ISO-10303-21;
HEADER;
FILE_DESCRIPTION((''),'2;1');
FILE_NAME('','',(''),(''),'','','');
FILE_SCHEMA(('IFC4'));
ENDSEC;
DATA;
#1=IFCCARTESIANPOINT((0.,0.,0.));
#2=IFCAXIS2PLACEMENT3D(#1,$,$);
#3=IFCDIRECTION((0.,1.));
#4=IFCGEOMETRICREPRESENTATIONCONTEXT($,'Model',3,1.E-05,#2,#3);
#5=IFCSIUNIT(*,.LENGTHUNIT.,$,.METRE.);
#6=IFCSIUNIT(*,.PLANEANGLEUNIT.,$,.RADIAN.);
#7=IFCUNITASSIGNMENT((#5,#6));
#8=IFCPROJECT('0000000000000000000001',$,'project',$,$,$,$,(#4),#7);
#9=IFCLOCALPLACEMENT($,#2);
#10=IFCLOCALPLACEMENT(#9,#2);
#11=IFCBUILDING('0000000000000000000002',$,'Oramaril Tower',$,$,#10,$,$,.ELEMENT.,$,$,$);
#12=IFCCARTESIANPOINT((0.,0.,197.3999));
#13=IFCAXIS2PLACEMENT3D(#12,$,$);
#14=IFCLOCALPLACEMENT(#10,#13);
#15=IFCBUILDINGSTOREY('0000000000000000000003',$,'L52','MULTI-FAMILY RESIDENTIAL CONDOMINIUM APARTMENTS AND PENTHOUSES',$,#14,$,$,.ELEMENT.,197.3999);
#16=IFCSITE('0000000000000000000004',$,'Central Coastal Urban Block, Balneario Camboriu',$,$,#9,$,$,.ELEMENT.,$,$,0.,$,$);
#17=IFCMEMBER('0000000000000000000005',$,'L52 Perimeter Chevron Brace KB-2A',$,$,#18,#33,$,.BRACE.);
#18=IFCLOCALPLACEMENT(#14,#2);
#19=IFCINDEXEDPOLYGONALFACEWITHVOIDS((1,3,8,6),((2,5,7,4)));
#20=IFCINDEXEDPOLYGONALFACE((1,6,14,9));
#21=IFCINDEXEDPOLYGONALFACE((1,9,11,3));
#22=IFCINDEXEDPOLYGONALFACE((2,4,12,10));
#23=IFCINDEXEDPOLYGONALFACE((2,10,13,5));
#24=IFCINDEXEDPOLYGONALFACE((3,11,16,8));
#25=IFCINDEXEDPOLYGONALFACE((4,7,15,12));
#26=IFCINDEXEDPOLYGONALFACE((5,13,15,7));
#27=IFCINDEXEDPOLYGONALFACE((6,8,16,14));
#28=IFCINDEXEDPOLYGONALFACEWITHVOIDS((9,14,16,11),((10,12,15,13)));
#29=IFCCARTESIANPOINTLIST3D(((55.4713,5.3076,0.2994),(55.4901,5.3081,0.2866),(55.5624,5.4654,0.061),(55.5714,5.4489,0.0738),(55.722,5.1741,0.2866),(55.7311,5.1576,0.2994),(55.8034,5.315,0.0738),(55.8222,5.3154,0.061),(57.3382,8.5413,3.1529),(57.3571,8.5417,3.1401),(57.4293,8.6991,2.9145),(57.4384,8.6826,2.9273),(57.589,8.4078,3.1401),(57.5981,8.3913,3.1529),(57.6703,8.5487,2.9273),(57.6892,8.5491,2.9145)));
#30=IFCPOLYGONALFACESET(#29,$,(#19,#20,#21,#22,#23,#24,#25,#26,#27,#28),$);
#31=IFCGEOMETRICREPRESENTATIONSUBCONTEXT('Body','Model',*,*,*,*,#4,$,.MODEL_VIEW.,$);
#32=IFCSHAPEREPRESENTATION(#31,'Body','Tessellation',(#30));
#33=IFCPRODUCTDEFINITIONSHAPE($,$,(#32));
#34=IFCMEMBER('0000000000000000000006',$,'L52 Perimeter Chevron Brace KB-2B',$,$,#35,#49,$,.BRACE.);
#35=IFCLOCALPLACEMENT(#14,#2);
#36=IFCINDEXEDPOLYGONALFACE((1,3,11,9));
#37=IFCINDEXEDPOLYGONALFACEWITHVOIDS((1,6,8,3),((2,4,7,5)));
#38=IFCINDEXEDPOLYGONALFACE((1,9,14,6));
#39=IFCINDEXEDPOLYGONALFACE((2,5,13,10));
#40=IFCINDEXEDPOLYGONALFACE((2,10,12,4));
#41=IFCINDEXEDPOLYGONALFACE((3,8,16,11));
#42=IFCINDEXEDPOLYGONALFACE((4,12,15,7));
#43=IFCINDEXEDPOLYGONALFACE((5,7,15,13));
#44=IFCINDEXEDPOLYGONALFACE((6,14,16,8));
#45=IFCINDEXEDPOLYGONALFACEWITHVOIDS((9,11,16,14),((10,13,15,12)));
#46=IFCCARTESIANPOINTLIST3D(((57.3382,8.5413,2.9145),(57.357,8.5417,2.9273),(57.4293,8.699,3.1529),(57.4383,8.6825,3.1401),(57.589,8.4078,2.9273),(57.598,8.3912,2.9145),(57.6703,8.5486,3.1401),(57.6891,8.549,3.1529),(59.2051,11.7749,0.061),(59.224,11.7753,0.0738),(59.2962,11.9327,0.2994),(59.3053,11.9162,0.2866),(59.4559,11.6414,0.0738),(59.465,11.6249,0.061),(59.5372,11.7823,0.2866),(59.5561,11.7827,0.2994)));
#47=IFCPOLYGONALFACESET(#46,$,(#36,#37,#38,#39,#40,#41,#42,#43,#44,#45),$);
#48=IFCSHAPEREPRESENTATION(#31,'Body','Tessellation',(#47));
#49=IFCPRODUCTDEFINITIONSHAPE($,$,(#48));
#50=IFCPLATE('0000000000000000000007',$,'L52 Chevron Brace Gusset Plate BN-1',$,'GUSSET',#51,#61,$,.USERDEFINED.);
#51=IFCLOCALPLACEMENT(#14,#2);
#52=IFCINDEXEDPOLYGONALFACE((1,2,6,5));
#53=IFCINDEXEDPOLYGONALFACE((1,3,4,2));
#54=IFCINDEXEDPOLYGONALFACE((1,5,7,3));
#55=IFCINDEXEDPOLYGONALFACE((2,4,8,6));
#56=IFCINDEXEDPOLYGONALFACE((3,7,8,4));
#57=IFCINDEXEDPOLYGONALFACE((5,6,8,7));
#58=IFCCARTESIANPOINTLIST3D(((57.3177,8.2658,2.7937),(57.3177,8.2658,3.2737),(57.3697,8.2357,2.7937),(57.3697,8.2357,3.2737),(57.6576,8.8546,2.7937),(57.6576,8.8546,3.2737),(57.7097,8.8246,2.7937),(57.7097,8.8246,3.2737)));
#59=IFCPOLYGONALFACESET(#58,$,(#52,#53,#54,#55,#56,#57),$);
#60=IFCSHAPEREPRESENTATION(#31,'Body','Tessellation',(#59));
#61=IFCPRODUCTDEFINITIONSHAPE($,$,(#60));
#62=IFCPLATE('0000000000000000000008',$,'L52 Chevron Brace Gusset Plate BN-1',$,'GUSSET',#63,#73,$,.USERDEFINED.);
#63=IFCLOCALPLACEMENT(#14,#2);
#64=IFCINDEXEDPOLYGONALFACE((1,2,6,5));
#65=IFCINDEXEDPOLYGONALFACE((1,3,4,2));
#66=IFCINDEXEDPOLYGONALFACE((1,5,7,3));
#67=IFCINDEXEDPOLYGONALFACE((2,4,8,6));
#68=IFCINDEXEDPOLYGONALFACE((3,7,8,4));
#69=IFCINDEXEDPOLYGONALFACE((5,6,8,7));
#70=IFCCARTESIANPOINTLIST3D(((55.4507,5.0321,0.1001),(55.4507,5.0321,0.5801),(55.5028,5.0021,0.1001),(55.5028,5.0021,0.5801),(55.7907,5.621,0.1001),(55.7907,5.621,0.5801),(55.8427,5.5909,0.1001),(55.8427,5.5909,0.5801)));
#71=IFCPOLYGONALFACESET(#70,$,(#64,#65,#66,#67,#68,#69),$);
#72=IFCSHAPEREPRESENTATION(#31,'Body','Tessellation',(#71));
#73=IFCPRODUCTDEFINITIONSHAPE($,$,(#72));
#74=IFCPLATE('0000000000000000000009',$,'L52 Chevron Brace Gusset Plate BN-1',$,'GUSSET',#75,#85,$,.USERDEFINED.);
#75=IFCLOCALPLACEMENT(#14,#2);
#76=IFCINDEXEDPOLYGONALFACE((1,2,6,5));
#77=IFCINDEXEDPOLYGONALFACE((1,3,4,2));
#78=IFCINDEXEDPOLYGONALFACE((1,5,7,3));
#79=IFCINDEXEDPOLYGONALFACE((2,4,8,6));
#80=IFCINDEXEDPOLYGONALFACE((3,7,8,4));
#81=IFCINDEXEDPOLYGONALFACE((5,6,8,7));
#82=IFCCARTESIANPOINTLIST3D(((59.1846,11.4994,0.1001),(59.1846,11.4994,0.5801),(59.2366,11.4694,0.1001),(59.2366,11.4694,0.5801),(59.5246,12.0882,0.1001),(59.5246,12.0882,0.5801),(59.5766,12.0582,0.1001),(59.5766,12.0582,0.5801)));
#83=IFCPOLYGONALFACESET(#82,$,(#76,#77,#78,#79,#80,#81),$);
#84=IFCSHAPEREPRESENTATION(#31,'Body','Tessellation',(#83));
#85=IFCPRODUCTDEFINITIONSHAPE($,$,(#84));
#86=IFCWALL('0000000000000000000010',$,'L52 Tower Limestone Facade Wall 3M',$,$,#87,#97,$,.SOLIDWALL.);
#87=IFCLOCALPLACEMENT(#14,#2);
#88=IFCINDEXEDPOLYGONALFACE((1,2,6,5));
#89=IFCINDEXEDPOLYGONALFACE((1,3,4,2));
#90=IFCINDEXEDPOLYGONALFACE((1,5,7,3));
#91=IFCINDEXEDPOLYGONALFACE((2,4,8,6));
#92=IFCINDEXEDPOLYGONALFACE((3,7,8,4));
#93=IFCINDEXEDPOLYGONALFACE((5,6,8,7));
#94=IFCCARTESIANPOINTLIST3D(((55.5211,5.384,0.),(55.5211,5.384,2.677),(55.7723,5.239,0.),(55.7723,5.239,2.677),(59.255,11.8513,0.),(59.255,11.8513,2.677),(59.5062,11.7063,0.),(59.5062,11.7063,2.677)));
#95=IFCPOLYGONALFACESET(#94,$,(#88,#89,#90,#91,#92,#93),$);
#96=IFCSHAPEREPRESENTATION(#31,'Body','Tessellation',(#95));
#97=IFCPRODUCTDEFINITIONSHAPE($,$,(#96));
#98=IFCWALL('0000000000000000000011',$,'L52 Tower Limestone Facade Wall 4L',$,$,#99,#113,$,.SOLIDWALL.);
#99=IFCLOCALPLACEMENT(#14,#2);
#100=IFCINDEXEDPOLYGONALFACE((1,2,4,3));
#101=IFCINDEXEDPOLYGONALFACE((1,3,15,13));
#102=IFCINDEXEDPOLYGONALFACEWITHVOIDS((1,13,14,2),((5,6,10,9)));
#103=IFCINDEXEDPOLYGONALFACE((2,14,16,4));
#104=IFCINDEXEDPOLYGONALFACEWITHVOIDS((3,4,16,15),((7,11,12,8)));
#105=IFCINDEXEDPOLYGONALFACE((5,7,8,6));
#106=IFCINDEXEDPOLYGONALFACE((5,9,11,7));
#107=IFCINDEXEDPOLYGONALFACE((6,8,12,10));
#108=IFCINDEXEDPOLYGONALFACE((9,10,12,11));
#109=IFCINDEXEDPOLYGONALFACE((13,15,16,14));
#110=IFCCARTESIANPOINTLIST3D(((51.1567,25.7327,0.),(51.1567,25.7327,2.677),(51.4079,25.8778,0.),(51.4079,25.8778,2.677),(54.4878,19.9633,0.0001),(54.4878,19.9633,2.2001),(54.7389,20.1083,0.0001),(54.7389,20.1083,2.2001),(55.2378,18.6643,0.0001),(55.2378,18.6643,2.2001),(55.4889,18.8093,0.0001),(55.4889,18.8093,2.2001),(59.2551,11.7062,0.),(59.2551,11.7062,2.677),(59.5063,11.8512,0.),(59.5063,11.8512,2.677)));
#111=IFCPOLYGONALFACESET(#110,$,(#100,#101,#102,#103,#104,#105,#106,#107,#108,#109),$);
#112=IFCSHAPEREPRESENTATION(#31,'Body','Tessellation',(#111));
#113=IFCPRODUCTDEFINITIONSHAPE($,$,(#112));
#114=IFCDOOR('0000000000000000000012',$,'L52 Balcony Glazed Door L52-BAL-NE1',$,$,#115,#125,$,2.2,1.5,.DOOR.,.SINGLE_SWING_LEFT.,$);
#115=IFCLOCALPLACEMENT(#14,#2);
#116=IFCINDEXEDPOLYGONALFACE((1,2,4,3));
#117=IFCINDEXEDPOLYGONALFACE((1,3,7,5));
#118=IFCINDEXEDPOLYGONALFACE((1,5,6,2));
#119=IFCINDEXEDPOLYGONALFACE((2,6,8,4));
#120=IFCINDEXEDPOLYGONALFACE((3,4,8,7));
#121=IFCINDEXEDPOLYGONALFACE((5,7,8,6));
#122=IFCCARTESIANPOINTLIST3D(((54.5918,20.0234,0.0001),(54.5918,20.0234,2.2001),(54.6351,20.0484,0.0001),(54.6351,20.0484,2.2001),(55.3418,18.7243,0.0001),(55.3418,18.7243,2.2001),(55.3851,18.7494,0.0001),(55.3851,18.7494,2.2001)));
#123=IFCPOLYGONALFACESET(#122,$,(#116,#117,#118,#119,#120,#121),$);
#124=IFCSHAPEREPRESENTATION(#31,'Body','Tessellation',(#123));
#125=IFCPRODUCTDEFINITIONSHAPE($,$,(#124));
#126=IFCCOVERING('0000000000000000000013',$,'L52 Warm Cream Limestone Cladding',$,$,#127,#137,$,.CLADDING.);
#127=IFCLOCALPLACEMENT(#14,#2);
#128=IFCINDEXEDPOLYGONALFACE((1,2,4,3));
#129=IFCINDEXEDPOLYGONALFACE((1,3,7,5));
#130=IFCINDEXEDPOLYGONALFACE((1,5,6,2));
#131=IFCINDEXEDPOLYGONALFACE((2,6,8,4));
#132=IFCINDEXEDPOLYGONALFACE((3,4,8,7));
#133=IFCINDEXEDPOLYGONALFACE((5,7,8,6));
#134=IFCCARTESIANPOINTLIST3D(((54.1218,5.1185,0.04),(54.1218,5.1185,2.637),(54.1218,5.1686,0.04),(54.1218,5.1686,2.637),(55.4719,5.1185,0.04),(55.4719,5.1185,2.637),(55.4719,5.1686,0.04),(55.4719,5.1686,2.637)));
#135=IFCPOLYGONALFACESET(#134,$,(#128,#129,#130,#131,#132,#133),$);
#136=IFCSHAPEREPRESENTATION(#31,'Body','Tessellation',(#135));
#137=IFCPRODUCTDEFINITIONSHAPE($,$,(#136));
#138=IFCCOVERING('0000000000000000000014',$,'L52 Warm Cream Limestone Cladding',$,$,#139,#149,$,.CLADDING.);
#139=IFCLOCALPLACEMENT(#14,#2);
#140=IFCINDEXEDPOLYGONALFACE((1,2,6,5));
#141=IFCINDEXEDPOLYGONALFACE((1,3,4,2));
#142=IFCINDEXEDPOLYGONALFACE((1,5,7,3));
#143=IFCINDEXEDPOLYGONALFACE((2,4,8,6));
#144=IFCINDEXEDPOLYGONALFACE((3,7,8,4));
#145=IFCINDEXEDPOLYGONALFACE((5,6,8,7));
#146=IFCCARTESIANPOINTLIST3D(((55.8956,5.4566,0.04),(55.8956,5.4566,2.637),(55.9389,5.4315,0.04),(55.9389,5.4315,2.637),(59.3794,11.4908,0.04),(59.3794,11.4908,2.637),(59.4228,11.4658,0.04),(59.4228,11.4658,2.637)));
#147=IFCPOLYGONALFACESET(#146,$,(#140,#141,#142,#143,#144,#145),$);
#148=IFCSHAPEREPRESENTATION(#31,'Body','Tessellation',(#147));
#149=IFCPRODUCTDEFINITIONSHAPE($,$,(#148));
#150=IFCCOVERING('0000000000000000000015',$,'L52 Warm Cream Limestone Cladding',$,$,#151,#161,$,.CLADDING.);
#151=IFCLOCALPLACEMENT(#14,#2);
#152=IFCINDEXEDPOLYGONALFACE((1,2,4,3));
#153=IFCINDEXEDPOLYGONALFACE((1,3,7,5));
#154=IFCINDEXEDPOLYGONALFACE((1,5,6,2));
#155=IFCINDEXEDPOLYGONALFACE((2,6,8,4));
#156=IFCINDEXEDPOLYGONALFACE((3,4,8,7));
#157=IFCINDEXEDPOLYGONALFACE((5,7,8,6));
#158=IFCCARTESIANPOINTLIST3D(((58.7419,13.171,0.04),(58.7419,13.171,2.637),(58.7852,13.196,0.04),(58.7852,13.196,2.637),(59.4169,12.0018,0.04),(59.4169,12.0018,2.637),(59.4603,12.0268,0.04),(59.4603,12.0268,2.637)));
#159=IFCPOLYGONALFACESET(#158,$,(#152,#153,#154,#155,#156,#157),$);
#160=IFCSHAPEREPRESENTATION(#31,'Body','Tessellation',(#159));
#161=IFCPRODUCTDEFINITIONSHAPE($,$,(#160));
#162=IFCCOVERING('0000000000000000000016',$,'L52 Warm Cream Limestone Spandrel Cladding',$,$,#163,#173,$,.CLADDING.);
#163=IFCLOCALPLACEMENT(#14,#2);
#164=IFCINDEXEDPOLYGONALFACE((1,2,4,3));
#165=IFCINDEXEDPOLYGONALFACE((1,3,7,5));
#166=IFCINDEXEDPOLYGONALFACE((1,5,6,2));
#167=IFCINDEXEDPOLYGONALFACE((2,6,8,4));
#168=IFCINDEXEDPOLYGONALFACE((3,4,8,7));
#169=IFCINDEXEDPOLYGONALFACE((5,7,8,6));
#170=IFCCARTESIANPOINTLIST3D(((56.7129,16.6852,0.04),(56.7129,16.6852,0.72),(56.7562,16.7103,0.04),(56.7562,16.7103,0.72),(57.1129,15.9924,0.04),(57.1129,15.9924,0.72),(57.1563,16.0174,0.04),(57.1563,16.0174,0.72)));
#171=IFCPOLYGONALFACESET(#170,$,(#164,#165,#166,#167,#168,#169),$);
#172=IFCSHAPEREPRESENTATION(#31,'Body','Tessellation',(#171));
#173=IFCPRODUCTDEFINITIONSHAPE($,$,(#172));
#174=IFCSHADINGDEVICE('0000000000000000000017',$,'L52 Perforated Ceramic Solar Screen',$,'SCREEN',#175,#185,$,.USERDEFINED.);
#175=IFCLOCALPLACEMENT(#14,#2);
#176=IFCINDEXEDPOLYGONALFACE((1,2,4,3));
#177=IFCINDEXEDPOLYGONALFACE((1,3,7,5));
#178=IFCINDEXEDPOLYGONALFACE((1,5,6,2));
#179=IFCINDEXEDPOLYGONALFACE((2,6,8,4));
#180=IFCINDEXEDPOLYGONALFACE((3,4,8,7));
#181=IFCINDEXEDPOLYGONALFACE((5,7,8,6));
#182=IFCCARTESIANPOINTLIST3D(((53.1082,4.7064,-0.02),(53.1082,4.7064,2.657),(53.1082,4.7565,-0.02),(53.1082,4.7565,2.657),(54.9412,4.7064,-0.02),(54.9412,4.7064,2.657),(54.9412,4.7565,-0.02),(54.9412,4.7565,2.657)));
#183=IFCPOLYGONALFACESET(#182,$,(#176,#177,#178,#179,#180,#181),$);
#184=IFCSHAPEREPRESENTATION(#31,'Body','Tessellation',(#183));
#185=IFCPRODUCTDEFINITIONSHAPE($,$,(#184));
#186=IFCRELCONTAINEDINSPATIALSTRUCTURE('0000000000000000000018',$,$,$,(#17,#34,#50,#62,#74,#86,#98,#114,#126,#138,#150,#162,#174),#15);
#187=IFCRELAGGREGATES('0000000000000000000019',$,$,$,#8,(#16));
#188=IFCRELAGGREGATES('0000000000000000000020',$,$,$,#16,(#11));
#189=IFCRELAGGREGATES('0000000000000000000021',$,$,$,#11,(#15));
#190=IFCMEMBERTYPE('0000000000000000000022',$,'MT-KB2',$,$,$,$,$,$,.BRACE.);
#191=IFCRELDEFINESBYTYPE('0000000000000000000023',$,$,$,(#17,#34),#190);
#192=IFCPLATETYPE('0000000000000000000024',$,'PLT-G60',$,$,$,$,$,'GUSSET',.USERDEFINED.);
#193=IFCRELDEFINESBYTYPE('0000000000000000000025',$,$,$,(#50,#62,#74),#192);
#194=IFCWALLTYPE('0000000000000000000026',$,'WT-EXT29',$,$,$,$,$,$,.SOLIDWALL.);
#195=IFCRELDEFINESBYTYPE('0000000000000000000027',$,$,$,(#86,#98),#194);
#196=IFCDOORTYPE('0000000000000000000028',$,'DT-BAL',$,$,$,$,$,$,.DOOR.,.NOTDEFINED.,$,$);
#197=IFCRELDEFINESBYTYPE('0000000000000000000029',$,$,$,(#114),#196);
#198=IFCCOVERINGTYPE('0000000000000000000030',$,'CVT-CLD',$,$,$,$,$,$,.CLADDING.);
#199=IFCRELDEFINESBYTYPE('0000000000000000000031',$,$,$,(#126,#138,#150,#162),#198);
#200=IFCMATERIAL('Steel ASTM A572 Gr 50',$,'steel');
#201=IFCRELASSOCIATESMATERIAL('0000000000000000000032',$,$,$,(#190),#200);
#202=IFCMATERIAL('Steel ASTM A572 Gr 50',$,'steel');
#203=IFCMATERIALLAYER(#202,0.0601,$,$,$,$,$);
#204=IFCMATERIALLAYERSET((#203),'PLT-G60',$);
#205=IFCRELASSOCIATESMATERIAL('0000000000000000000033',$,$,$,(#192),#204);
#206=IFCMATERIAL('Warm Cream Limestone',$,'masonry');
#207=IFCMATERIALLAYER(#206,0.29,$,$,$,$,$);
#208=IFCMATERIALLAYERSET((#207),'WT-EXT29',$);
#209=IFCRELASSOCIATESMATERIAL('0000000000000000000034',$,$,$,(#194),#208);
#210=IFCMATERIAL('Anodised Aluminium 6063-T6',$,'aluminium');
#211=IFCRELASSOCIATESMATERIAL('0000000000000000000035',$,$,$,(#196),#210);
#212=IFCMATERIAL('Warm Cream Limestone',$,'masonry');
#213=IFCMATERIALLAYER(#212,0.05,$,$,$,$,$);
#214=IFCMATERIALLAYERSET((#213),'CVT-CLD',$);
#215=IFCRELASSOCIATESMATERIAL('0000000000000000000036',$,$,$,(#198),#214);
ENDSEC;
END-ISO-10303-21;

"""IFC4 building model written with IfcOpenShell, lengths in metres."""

from ifc_helpers import new_model, si_unit, direction, frame, frame_2d, origin, origin_2d, place, context, subcontext, project, spatial, rectangle, hollow_rectangle, extrude, material, layer, layer_set, material_profile, profile_set, type_object, element, fill, save


model = new_model("IFC4")

# Units and contexts
model_context = context("Model", 3, precision=1e-05, world=origin(), true_north=direction((0.0, 1.0)))
body_context = subcontext(model_context, "Body", "Model", "MODEL_VIEW")
ifc_project = project(units=[si_unit("LENGTHUNIT", "METRE"), si_unit("PLANEANGLEUNIT", "RADIAN")], contexts=[model_context])

# Site, building, storey
site_placement = place(None, origin())
site = spatial("IfcSite", under=ifc_project, at=site_placement, Name="Central Coastal Urban Block, Balneario Camboriu", CompositionType="ELEMENT", RefElevation=0.0)
building_placement = place(site_placement, origin())
building = spatial("IfcBuilding", under=site, at=building_placement, Name="Oramaril Tower", CompositionType="ELEMENT")
storey_placement = place(building_placement, frame((0.0, 0.0, 197.3999)))
storey = spatial("IfcBuildingStorey", under=building, at=storey_placement, Name="L52", Description="MULTI-FAMILY RESIDENTIAL CONDOMINIUM APARTMENTS AND PENTHOUSES", CompositionType="ELEMENT", Elevation=197.3999)

# Members
ifc_material_1 = material(Name="Steel ASTM A572 Gr 50", Category="steel")
ifc_material_profile_1 = material_profile(ifc_material_1, hollow_rectangle(XDim=0.3, YDim=0.3, WallThickness=0.0161, at=origin_2d()), Name="HSS300X300X16")
ifc_profile_set_1 = profile_set([ifc_material_profile_1], Name="Steel ASTM A572 Gr 50")
member_type = type_object("IfcMemberType", Name="MT-KB2", PredefinedType="BRACE", material=ifc_profile_set_1)
for number, where, z_axis, x_axis, name in (
    (1, (55.6467, 5.3115, 0.1802), (0.397272, 0.688095, 0.607207), (-0.866026, 0.5, 0.0), "L52 Perimeter Chevron Brace KB-2A"),
    (2, (59.3806, 11.7788, 0.1802), (-0.397272, -0.688095, 0.607207), (0.866026, -0.5, 0.0), "L52 Perimeter Chevron Brace KB-2B"),
):
    element("IfcMember", number, at=place(storey_placement, frame(where, z_axis=z_axis, x_axis=x_axis)), inside=storey, type_object=member_type, Name=name, PredefinedType="BRACE", context=body_context, shape_type="SweptSolid", body=[
        extrude(hollow_rectangle(XDim=0.3, YDim=0.3, WallThickness=0.0161, at=origin_2d()), origin(), (0.0, 0.0, 1.0), 4.6995),
    ])

# Plates
ifc_material_2 = material(Name="Steel ASTM A572 Gr 50", Category="steel")
ifc_layer_1 = layer(ifc_material_2, 0.0601)
ifc_layer_set_1 = layer_set([ifc_layer_1], Name="PLT-G60")
plate_type = type_object("IfcPlateType", Name="PLT-G60", ElementType="GUSSET", PredefinedType="USERDEFINED", material=ifc_layer_set_1)
for number, where, z_axis, x_axis, name in (
    (3, (57.5137, 8.5452, 2.7937), (0.0, 0.0, 1.0), (0.499995, 0.866028, 0.0), "L52 Chevron Brace Gusset Plate BN-1"),
    (4, (55.6467, 5.3115, 0.1001), (0.0, 0.0, 1.0), (0.499995, 0.866028, 0.0), "L52 Chevron Brace Gusset Plate BN-1"),
    (5, (59.3806, 11.7788, 0.1001), (0.0, 0.0, 1.0), (0.499995, 0.866028, 0.0), "L52 Chevron Brace Gusset Plate BN-1"),
):
    element("IfcPlate", number, at=place(storey_placement, frame(where, z_axis=z_axis, x_axis=x_axis)), inside=storey, type_object=plate_type, Name=name, ObjectType="GUSSET", PredefinedType="USERDEFINED", context=body_context, shape_type="SweptSolid", body=[
        extrude(rectangle(XDim=0.6799, YDim=0.0601, at=origin_2d()), origin(), (0.0, 0.0, 1.0), 0.48),
    ])

# Wall
ifc_material_3 = material(Name="Warm Cream Limestone", Category="masonry")
ifc_layer_2 = layer(ifc_material_3, 0.29)
ifc_layer_set_2 = layer_set([ifc_layer_2], Name="WT-EXT29")
wall_type = type_object("IfcWallType", Name="WT-EXT29", PredefinedType="SOLIDWALL", material=ifc_layer_set_2)
wall_1_placement = place(storey_placement, frame((55.6467, 5.3115, 0.0), z_axis=(0.0, 0.0, 1.0), x_axis=(0.5, 0.866026, 0.0)))
element("IfcWall", 6, at=wall_1_placement, inside=storey, type_object=wall_type, Name="L52 Tower Limestone Facade Wall 3M", PredefinedType="SOLIDWALL", context=body_context, shape_type="SweptSolid", body=[
    extrude(rectangle(XDim=7.4678, YDim=0.29, at=frame_2d((3.7339, 0.0))), origin(), (0.0, 0.0, 1.0), 2.677),
])

# Wall, opening, door
wall_2_placement = place(storey_placement, frame((59.3806, 11.7788, 0.0), z_axis=(0.0, 0.0, 1.0), x_axis=(-0.500006, 0.866022, 0.0)))
wall_2 = element("IfcWall", 7, at=wall_2_placement, inside=storey, type_object=wall_type, Name="L52 Tower Limestone Facade Wall 4L", PredefinedType="SOLIDWALL", context=body_context, shape_type="SweptSolid", body=[
    extrude(rectangle(XDim=16.1965, YDim=0.29, at=frame_2d((8.0981, 0.0))), origin(), (0.0, 0.0, 1.0), 2.677),
])
opening_placement = place(wall_2_placement, frame((8.0344, 0.0, 0.0)))
opening = element("IfcOpeningElement", 8, at=opening_placement, cuts=wall_2, PredefinedType="OPENING", context=body_context, shape_type="SweptSolid", body=[
    extrude(rectangle(XDim=1.5, YDim=2.2, at=frame_2d((0.75, 1.1001))), frame((0.0, 0.145, 0.0), z_axis=(0.0, -1.0, 0.0), x_axis=(1.0, 0.0, 0.0)), (0.0, 0.0, 1.0), 0.29),
])
ifc_material_4 = material(Name="Anodised Aluminium 6063-T6", Category="aluminium")
door_type = type_object("IfcDoorType", Name="DT-BAL", OperationType="NOTDEFINED", PredefinedType="DOOR", material=ifc_material_4)
door_placement = place(opening_placement, origin())
door = element("IfcDoor", 9, at=door_placement, inside=storey, type_object=door_type, Name="L52 Balcony Glazed Door L52-BAL-NE1", OperationType="SINGLE_SWING_LEFT", OverallHeight=2.2, OverallWidth=1.5, PredefinedType="DOOR", context=body_context, shape_type="SweptSolid", body=[
    extrude(rectangle(XDim=1.5, YDim=2.2, at=frame_2d((0.75, 1.1001))), frame((0.0, 0.0249, 0.0), z_axis=(0.0, -1.0, 0.0), x_axis=(1.0, 0.0, 0.0)), (0.0, 0.0, 1.0), 0.05),
])
fill(opening, door)

# Coverings
ifc_material_5 = material(Name="Warm Cream Limestone", Category="masonry")
ifc_layer_3 = layer(ifc_material_5, 0.05)
ifc_layer_set_3 = layer_set([ifc_layer_3], Name="CVT-CLD")
covering_type = type_object("IfcCoveringType", Name="CVT-CLD", PredefinedType="CLADDING", material=ifc_layer_set_3)
covering_1_placement = place(storey_placement, frame((54.7969, 5.1436, 0.04), z_axis=(0.0, 0.0, 1.0), x_axis=(1.0, 0.0, 0.0)))
element("IfcCovering", 10, at=covering_1_placement, inside=storey, type_object=covering_type, Name="L52 Warm Cream Limestone Cladding", PredefinedType="CLADDING", context=body_context, shape_type="SweptSolid", body=[
    extrude(rectangle(XDim=1.3501, YDim=0.05, at=origin_2d()), origin(), (0.0, 0.0, 1.0), 2.5969),
])
covering_2_placement = place(storey_placement, frame((57.6592, 8.4612, 0.04), z_axis=(0.0, 0.0, 1.0), x_axis=(0.499995, 0.866028, 0.0)))
element("IfcCovering", 11, at=covering_2_placement, inside=storey, type_object=covering_type, Name="L52 Warm Cream Limestone Cladding", PredefinedType="CLADDING", context=body_context, shape_type="SweptSolid", body=[
    extrude(rectangle(XDim=6.9678, YDim=0.05, at=origin_2d()), origin(), (0.0, 0.0, 1.0), 2.5969),
])
covering_3_placement = place(storey_placement, frame((59.1011, 12.5989, 0.04), z_axis=(0.0, 0.0, 1.0), x_axis=(-0.5, 0.866025, 0.0)))
element("IfcCovering", 12, at=covering_3_placement, inside=storey, type_object=covering_type, Name="L52 Warm Cream Limestone Cladding", PredefinedType="CLADDING", context=body_context, shape_type="SweptSolid", body=[
    extrude(rectangle(XDim=1.3501, YDim=0.05, at=origin_2d()), origin(), (0.0, 0.0, 1.0), 2.5969),
])
covering_4_placement = place(storey_placement, frame((56.9346, 16.3513, 0.04), z_axis=(0.0, 0.0, 1.0), x_axis=(-0.5, 0.866025, 0.0)))
element("IfcCovering", 13, at=covering_4_placement, inside=storey, type_object=covering_type, Name="L52 Warm Cream Limestone Spandrel Cladding", PredefinedType="CLADDING", context=body_context, shape_type="SweptSolid", body=[
    extrude(rectangle(XDim=0.8, YDim=0.05, at=origin_2d()), origin(), (0.0, 0.0, 1.0), 0.6799),
])

# Shading device
shading_device_placement = place(storey_placement, frame((54.0247, 4.7314, -0.02), z_axis=(0.0, 0.0, 1.0), x_axis=(1.0, 0.0, 0.0)))
element("IfcShadingDevice", 14, at=shading_device_placement, inside=storey, Name="L52 Perforated Ceramic Solar Screen", ObjectType="SCREEN", PredefinedType="USERDEFINED", context=body_context, shape_type="SweptSolid", body=[
    extrude(rectangle(XDim=1.833, YDim=0.05, at=origin_2d()), origin(), (0.0, 0.0, 1.0), 2.677),
])

save(model, "model.ifc")
